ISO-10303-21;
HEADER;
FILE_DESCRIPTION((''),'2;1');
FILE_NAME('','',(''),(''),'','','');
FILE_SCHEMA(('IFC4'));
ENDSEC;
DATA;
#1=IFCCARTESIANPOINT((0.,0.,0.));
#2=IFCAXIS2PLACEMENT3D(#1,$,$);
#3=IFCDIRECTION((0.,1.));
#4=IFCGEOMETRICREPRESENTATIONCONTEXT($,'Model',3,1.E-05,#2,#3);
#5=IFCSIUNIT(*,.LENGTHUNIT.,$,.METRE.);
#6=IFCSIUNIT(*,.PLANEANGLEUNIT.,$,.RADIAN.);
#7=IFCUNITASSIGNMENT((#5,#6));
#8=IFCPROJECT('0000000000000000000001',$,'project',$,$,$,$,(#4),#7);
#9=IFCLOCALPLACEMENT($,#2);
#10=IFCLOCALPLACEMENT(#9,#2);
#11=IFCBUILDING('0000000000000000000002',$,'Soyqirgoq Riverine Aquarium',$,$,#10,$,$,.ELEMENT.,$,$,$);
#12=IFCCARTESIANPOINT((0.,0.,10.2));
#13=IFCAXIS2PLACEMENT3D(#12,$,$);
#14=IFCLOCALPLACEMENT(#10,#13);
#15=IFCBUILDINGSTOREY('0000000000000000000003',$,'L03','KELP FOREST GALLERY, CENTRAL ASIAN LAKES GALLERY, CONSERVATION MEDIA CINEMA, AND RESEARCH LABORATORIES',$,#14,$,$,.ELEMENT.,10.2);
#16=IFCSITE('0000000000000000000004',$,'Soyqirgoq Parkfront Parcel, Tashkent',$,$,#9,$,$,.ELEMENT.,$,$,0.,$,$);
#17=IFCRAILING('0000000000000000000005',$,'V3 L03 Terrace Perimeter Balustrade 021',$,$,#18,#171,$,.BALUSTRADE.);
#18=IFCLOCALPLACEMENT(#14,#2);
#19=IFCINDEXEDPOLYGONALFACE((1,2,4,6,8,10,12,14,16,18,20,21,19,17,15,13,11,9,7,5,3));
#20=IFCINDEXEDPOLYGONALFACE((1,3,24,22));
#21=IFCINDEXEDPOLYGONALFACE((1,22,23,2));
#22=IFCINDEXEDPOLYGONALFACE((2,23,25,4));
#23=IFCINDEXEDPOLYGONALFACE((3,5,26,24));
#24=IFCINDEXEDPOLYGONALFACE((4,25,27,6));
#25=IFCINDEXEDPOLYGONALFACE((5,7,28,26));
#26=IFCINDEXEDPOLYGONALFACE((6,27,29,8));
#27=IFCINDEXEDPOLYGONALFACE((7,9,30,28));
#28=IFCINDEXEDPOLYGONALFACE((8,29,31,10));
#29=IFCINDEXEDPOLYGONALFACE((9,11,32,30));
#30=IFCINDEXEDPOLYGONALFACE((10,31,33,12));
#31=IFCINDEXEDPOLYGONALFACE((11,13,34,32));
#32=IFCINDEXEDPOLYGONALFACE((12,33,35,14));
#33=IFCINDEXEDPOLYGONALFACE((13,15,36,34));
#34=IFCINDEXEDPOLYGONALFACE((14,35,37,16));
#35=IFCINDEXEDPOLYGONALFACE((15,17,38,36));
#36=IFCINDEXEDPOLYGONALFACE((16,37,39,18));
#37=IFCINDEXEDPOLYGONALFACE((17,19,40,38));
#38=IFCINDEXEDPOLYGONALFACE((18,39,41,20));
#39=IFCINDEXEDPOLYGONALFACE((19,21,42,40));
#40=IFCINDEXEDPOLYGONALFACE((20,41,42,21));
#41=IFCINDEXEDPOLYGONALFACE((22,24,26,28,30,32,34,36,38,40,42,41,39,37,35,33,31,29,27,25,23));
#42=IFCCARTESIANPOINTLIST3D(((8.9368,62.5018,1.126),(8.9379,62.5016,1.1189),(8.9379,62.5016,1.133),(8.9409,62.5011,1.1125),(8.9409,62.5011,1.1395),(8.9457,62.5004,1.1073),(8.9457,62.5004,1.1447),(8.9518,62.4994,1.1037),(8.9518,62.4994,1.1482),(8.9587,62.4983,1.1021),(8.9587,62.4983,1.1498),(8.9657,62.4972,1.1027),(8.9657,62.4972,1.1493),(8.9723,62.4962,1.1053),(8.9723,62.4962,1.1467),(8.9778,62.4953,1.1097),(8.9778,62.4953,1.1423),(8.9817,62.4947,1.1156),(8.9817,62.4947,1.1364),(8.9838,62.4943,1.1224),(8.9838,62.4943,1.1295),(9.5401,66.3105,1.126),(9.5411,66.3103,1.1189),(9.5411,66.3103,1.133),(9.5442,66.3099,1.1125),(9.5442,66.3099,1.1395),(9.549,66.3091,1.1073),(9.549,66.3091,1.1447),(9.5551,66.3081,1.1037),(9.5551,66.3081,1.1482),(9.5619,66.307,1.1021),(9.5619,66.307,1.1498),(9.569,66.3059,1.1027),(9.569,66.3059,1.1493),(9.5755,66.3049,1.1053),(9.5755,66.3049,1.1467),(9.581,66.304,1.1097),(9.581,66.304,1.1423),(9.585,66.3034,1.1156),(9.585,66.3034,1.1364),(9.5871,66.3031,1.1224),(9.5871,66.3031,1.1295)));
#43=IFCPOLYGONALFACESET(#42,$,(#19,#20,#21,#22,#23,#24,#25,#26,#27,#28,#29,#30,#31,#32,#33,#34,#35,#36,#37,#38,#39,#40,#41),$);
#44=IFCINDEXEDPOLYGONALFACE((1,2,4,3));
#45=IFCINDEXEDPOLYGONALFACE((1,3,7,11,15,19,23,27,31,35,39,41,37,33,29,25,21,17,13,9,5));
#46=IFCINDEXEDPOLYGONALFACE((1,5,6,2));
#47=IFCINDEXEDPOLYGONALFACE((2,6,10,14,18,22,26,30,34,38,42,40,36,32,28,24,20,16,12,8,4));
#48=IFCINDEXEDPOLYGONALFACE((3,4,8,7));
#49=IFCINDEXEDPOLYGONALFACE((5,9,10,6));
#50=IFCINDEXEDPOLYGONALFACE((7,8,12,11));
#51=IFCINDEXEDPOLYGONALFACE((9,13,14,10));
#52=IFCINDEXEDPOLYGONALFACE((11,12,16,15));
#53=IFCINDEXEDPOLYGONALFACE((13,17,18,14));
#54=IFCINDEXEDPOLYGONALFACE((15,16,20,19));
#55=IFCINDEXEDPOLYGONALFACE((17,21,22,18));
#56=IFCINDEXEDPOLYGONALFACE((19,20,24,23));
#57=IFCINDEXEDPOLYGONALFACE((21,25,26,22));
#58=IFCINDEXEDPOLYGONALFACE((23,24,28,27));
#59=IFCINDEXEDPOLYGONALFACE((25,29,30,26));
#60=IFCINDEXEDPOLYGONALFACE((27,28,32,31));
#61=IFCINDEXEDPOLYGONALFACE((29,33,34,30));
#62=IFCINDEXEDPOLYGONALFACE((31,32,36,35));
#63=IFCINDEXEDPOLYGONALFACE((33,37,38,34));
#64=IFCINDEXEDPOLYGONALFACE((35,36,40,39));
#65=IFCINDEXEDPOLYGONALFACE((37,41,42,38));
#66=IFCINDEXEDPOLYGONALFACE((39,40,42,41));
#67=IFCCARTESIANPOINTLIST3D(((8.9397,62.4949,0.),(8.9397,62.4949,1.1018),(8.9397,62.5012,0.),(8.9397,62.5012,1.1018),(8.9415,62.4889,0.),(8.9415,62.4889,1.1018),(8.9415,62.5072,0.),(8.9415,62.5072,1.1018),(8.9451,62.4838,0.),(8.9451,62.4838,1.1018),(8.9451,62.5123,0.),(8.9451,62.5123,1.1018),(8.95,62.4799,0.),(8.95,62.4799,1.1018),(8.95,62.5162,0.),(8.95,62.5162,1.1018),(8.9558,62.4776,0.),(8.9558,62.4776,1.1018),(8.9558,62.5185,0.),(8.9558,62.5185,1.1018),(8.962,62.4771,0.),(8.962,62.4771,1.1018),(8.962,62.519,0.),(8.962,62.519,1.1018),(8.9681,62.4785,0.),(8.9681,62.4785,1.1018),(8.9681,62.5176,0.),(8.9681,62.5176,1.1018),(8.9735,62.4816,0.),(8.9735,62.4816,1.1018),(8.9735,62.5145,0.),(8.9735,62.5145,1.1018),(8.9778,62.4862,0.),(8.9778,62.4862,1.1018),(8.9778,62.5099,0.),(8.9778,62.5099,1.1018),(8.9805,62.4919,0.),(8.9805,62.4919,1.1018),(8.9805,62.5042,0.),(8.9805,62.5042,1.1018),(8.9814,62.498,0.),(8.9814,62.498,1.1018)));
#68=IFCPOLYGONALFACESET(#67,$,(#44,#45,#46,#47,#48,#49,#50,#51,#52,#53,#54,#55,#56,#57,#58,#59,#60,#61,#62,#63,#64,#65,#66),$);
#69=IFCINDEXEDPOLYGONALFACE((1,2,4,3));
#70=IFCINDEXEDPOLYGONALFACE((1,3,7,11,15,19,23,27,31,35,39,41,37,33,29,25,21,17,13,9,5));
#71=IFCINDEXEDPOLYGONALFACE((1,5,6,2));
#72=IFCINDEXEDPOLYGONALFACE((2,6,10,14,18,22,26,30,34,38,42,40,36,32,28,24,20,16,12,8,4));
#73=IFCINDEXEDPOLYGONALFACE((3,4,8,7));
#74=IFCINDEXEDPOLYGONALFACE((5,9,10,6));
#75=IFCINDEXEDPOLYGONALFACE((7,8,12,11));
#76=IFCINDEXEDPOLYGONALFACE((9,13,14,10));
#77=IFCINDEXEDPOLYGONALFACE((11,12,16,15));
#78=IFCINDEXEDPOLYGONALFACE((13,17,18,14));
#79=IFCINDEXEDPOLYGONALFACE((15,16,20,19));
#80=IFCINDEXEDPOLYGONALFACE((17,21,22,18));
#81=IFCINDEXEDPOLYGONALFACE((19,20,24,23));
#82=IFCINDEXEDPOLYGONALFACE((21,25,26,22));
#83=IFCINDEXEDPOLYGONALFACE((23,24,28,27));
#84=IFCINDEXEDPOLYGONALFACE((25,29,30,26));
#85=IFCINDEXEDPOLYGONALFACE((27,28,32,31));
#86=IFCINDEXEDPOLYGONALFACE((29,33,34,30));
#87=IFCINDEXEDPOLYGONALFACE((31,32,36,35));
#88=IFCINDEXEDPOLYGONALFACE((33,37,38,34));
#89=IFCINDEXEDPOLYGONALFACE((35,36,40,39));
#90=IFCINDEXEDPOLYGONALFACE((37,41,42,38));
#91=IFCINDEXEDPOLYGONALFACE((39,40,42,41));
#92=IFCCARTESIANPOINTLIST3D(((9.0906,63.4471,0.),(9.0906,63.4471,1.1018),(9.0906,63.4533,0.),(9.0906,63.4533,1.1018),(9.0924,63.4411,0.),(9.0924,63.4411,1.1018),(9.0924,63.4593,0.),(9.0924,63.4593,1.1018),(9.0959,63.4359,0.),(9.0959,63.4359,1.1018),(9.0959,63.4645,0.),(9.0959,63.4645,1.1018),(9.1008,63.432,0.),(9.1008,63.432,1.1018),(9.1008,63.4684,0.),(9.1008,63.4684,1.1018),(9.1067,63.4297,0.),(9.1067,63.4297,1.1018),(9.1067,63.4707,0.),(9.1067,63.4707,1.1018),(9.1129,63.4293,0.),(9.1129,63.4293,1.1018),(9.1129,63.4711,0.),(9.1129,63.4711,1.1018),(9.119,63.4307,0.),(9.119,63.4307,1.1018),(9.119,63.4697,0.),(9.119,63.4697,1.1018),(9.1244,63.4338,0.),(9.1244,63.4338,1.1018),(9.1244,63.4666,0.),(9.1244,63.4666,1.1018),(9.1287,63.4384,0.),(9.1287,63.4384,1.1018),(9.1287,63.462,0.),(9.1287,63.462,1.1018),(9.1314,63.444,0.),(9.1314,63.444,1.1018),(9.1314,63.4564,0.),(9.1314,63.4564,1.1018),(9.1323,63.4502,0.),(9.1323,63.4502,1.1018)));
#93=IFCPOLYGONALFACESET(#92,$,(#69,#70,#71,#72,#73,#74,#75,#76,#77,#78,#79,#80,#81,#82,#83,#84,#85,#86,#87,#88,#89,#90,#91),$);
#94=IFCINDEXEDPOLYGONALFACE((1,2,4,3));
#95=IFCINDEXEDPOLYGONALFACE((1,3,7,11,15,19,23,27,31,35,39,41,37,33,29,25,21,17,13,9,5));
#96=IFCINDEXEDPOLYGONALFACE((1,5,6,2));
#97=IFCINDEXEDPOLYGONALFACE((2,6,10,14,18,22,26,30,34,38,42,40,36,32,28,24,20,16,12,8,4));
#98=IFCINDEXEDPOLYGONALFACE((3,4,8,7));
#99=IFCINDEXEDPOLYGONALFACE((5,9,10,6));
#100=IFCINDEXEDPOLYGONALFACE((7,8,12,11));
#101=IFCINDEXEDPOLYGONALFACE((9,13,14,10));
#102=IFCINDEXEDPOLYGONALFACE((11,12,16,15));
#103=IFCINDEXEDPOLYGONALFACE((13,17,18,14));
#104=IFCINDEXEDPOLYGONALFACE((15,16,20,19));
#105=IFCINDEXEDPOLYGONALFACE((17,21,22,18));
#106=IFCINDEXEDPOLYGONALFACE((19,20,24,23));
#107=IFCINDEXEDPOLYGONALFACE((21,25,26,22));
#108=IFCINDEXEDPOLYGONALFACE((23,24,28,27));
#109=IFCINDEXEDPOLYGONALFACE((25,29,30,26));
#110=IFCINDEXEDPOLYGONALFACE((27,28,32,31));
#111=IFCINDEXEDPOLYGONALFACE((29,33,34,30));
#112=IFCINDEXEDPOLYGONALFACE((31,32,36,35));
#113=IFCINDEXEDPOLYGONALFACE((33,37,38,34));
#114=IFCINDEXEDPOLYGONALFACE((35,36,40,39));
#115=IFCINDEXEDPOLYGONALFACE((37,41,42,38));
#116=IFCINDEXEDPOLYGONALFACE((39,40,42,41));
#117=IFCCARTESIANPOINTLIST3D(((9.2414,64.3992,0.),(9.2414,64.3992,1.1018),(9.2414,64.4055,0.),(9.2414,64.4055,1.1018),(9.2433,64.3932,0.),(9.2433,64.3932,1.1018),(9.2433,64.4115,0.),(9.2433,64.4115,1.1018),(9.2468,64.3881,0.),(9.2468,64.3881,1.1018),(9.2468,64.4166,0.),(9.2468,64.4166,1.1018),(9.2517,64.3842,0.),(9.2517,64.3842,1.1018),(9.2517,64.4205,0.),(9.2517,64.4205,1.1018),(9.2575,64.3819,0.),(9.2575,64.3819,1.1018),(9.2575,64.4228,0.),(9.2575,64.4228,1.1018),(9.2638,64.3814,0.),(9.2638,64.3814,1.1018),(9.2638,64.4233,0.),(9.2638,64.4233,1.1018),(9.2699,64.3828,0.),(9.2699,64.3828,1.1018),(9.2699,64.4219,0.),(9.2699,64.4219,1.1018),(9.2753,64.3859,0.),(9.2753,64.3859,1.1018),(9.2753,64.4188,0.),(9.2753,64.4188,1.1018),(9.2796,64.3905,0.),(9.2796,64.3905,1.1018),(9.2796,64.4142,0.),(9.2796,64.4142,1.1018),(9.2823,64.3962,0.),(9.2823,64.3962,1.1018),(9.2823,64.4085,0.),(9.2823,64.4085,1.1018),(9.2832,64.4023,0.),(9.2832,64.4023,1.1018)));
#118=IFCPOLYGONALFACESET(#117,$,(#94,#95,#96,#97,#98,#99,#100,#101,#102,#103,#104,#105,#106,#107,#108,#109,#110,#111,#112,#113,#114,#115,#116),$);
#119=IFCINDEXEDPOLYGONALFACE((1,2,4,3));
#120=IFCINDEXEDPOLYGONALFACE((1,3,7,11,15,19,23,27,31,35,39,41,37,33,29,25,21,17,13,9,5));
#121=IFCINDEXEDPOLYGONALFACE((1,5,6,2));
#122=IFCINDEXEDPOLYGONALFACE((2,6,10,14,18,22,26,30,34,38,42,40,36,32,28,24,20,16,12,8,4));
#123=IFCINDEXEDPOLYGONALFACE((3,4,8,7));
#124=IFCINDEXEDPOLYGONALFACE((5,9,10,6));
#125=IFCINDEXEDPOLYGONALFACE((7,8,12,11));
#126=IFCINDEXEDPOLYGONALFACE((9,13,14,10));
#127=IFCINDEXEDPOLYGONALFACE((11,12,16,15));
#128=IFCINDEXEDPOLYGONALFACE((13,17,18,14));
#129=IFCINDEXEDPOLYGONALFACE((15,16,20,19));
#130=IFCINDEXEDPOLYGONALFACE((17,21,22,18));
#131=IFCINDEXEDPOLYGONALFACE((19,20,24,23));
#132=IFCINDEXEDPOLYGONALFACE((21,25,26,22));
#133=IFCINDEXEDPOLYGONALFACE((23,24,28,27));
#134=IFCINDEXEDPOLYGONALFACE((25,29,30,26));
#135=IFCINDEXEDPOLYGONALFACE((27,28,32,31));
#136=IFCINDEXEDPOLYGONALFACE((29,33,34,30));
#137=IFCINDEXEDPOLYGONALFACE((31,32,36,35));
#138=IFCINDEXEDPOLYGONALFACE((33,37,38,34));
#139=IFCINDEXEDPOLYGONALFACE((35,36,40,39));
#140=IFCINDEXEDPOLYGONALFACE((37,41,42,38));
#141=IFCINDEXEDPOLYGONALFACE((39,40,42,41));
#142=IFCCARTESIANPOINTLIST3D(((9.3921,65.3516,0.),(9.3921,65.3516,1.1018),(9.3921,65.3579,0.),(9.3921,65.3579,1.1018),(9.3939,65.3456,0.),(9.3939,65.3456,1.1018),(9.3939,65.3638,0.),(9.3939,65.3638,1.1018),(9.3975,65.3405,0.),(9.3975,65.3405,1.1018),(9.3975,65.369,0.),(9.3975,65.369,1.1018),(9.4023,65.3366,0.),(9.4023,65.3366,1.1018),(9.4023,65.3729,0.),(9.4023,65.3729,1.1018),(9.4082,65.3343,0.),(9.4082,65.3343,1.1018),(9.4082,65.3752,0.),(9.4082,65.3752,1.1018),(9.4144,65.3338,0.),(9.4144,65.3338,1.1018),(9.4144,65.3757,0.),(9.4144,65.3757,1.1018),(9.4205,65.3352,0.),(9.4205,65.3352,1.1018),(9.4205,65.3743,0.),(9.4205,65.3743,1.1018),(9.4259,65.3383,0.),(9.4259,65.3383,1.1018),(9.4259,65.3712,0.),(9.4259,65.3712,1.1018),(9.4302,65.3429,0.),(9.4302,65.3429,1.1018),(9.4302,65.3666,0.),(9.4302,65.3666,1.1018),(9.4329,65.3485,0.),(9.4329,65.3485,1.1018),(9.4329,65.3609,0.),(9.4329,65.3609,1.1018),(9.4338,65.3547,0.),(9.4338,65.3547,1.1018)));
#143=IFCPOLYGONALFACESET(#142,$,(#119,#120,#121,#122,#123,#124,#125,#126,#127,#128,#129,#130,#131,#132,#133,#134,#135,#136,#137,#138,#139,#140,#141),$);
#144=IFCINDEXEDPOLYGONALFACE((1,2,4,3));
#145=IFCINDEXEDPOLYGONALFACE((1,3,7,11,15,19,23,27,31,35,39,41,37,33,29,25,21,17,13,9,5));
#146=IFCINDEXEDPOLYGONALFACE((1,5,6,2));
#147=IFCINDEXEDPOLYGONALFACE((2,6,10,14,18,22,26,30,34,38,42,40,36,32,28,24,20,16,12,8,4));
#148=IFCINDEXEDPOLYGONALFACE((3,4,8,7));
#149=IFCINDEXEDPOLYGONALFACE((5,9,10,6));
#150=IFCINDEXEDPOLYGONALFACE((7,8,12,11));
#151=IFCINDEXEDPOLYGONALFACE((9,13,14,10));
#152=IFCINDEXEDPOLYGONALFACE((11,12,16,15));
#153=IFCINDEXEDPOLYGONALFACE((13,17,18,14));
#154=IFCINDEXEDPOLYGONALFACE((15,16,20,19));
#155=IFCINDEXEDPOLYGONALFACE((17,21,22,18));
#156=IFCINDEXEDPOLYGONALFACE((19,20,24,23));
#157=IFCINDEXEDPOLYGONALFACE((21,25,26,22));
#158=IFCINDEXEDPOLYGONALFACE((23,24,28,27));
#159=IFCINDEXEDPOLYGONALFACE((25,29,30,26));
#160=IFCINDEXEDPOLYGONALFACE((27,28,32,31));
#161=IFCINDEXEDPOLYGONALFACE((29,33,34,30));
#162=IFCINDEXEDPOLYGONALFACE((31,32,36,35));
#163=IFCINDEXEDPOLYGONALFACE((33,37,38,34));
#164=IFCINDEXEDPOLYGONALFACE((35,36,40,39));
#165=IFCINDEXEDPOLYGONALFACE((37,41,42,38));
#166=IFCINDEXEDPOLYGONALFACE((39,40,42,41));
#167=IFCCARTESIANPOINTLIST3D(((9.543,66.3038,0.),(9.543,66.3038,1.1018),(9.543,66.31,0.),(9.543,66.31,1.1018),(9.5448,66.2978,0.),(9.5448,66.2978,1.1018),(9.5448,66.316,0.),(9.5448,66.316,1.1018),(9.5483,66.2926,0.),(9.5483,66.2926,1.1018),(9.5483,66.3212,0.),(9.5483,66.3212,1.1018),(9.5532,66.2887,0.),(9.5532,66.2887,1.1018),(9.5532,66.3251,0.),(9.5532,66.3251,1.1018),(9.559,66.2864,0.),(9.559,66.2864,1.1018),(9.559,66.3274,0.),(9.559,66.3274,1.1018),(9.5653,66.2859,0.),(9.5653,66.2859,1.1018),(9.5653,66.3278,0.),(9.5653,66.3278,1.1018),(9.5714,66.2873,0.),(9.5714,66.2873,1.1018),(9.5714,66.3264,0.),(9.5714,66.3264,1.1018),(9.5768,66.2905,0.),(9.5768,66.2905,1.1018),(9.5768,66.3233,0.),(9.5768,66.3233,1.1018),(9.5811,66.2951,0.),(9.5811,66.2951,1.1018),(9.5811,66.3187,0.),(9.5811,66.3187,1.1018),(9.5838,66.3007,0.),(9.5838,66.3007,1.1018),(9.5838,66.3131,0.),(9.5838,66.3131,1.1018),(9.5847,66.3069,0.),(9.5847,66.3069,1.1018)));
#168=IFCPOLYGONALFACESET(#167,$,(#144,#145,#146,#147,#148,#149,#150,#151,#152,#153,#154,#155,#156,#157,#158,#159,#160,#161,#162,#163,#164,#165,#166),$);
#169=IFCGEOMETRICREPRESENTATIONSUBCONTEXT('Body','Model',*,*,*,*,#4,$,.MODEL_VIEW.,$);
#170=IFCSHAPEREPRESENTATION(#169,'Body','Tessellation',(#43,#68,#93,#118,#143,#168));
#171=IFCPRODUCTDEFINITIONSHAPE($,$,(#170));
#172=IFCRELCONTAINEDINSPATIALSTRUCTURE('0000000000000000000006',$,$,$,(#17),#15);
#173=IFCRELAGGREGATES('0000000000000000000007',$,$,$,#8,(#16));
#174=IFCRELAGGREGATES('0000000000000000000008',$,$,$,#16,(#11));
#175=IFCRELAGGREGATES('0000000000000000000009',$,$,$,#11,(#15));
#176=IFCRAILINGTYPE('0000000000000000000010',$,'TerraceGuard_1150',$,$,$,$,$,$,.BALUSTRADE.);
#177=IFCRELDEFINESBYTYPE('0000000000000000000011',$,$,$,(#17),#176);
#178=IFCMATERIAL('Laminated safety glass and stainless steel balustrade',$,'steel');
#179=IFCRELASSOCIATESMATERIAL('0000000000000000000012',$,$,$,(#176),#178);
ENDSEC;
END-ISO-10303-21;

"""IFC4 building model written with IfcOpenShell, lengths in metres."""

from ifc_helpers import new_model, si_unit, direction, frame, origin, origin_2d, place, context, subcontext, project, spatial, circle, extrude, material, type_object, element, save


model = new_model("IFC4")

# Units and contexts
model_context = context("Model", 3, precision=1e-05, world=origin(), true_north=direction((0.0, 1.0)))
body_context = subcontext(model_context, "Body", "Model", "MODEL_VIEW")
ifc_project = project(units=[si_unit("LENGTHUNIT", "METRE"), si_unit("PLANEANGLEUNIT", "RADIAN")], contexts=[model_context])

# Site, building, storey
site_placement = place(None, origin())
site = spatial("IfcSite", under=ifc_project, at=site_placement, Name="Soyqirgoq Parkfront Parcel, Tashkent", CompositionType="ELEMENT", RefElevation=0.0)
building_placement = place(site_placement, origin())
building = spatial("IfcBuilding", under=site, at=building_placement, Name="Soyqirgoq Riverine Aquarium", CompositionType="ELEMENT")
storey_placement = place(building_placement, frame((0.0, 0.0, 10.2)))
storey = spatial("IfcBuildingStorey", under=building, at=storey_placement, Name="L03", Description="KELP FOREST GALLERY, CENTRAL ASIAN LAKES GALLERY, CONSERVATION MEDIA CINEMA, AND RESEARCH LABORATORIES", CompositionType="ELEMENT", Elevation=10.2)

# Railing
ifc_material_1 = material(Name="Laminated safety glass and stainless steel balustrade", Category="steel")
railing_type = type_object("IfcRailingType", Name="TerraceGuard_1150", PredefinedType="BALUSTRADE", material=ifc_material_1)
railing_1_placement = place(storey_placement, frame((8.9604, 62.498, 0.0)))
element("IfcRailing", 1, at=railing_1_placement, inside=storey, type_object=railing_type, Name="V3 L03 Terrace Perimeter Balustrade 021", PredefinedType="BALUSTRADE", context=body_context, shape_type="SweptSolid", body=[
    extrude(circle(Radius=0.0239, at=origin_2d()), frame((0.0, 0.0, 1.126), z_axis=(0.156437, 0.987688, 0.0), x_axis=(-0.987688, 0.156437, 0.0)), (0.0, 0.0, 1.0), 3.8562),
    extrude(circle(Radius=0.021, at=origin_2d()), origin(), (0.0, 0.0, 1.0), 1.1018),
    extrude(circle(Radius=0.021, at=origin_2d()), frame((0.1509, 0.9521, 0.0)), (0.0, 0.0, 1.0), 1.1018),
    extrude(circle(Radius=0.021, at=origin_2d()), frame((0.3018, 1.9043, 0.0)), (0.0, 0.0, 1.0), 1.1018),
    extrude(circle(Radius=0.021, at=origin_2d()), frame((0.4524, 2.8567, 0.0)), (0.0, 0.0, 1.0), 1.1018),
    extrude(circle(Radius=0.021, at=origin_2d()), frame((0.6033, 3.8088, 0.0)), (0.0, 0.0, 1.0), 1.1018),
])

save(model, "model.ifc")
